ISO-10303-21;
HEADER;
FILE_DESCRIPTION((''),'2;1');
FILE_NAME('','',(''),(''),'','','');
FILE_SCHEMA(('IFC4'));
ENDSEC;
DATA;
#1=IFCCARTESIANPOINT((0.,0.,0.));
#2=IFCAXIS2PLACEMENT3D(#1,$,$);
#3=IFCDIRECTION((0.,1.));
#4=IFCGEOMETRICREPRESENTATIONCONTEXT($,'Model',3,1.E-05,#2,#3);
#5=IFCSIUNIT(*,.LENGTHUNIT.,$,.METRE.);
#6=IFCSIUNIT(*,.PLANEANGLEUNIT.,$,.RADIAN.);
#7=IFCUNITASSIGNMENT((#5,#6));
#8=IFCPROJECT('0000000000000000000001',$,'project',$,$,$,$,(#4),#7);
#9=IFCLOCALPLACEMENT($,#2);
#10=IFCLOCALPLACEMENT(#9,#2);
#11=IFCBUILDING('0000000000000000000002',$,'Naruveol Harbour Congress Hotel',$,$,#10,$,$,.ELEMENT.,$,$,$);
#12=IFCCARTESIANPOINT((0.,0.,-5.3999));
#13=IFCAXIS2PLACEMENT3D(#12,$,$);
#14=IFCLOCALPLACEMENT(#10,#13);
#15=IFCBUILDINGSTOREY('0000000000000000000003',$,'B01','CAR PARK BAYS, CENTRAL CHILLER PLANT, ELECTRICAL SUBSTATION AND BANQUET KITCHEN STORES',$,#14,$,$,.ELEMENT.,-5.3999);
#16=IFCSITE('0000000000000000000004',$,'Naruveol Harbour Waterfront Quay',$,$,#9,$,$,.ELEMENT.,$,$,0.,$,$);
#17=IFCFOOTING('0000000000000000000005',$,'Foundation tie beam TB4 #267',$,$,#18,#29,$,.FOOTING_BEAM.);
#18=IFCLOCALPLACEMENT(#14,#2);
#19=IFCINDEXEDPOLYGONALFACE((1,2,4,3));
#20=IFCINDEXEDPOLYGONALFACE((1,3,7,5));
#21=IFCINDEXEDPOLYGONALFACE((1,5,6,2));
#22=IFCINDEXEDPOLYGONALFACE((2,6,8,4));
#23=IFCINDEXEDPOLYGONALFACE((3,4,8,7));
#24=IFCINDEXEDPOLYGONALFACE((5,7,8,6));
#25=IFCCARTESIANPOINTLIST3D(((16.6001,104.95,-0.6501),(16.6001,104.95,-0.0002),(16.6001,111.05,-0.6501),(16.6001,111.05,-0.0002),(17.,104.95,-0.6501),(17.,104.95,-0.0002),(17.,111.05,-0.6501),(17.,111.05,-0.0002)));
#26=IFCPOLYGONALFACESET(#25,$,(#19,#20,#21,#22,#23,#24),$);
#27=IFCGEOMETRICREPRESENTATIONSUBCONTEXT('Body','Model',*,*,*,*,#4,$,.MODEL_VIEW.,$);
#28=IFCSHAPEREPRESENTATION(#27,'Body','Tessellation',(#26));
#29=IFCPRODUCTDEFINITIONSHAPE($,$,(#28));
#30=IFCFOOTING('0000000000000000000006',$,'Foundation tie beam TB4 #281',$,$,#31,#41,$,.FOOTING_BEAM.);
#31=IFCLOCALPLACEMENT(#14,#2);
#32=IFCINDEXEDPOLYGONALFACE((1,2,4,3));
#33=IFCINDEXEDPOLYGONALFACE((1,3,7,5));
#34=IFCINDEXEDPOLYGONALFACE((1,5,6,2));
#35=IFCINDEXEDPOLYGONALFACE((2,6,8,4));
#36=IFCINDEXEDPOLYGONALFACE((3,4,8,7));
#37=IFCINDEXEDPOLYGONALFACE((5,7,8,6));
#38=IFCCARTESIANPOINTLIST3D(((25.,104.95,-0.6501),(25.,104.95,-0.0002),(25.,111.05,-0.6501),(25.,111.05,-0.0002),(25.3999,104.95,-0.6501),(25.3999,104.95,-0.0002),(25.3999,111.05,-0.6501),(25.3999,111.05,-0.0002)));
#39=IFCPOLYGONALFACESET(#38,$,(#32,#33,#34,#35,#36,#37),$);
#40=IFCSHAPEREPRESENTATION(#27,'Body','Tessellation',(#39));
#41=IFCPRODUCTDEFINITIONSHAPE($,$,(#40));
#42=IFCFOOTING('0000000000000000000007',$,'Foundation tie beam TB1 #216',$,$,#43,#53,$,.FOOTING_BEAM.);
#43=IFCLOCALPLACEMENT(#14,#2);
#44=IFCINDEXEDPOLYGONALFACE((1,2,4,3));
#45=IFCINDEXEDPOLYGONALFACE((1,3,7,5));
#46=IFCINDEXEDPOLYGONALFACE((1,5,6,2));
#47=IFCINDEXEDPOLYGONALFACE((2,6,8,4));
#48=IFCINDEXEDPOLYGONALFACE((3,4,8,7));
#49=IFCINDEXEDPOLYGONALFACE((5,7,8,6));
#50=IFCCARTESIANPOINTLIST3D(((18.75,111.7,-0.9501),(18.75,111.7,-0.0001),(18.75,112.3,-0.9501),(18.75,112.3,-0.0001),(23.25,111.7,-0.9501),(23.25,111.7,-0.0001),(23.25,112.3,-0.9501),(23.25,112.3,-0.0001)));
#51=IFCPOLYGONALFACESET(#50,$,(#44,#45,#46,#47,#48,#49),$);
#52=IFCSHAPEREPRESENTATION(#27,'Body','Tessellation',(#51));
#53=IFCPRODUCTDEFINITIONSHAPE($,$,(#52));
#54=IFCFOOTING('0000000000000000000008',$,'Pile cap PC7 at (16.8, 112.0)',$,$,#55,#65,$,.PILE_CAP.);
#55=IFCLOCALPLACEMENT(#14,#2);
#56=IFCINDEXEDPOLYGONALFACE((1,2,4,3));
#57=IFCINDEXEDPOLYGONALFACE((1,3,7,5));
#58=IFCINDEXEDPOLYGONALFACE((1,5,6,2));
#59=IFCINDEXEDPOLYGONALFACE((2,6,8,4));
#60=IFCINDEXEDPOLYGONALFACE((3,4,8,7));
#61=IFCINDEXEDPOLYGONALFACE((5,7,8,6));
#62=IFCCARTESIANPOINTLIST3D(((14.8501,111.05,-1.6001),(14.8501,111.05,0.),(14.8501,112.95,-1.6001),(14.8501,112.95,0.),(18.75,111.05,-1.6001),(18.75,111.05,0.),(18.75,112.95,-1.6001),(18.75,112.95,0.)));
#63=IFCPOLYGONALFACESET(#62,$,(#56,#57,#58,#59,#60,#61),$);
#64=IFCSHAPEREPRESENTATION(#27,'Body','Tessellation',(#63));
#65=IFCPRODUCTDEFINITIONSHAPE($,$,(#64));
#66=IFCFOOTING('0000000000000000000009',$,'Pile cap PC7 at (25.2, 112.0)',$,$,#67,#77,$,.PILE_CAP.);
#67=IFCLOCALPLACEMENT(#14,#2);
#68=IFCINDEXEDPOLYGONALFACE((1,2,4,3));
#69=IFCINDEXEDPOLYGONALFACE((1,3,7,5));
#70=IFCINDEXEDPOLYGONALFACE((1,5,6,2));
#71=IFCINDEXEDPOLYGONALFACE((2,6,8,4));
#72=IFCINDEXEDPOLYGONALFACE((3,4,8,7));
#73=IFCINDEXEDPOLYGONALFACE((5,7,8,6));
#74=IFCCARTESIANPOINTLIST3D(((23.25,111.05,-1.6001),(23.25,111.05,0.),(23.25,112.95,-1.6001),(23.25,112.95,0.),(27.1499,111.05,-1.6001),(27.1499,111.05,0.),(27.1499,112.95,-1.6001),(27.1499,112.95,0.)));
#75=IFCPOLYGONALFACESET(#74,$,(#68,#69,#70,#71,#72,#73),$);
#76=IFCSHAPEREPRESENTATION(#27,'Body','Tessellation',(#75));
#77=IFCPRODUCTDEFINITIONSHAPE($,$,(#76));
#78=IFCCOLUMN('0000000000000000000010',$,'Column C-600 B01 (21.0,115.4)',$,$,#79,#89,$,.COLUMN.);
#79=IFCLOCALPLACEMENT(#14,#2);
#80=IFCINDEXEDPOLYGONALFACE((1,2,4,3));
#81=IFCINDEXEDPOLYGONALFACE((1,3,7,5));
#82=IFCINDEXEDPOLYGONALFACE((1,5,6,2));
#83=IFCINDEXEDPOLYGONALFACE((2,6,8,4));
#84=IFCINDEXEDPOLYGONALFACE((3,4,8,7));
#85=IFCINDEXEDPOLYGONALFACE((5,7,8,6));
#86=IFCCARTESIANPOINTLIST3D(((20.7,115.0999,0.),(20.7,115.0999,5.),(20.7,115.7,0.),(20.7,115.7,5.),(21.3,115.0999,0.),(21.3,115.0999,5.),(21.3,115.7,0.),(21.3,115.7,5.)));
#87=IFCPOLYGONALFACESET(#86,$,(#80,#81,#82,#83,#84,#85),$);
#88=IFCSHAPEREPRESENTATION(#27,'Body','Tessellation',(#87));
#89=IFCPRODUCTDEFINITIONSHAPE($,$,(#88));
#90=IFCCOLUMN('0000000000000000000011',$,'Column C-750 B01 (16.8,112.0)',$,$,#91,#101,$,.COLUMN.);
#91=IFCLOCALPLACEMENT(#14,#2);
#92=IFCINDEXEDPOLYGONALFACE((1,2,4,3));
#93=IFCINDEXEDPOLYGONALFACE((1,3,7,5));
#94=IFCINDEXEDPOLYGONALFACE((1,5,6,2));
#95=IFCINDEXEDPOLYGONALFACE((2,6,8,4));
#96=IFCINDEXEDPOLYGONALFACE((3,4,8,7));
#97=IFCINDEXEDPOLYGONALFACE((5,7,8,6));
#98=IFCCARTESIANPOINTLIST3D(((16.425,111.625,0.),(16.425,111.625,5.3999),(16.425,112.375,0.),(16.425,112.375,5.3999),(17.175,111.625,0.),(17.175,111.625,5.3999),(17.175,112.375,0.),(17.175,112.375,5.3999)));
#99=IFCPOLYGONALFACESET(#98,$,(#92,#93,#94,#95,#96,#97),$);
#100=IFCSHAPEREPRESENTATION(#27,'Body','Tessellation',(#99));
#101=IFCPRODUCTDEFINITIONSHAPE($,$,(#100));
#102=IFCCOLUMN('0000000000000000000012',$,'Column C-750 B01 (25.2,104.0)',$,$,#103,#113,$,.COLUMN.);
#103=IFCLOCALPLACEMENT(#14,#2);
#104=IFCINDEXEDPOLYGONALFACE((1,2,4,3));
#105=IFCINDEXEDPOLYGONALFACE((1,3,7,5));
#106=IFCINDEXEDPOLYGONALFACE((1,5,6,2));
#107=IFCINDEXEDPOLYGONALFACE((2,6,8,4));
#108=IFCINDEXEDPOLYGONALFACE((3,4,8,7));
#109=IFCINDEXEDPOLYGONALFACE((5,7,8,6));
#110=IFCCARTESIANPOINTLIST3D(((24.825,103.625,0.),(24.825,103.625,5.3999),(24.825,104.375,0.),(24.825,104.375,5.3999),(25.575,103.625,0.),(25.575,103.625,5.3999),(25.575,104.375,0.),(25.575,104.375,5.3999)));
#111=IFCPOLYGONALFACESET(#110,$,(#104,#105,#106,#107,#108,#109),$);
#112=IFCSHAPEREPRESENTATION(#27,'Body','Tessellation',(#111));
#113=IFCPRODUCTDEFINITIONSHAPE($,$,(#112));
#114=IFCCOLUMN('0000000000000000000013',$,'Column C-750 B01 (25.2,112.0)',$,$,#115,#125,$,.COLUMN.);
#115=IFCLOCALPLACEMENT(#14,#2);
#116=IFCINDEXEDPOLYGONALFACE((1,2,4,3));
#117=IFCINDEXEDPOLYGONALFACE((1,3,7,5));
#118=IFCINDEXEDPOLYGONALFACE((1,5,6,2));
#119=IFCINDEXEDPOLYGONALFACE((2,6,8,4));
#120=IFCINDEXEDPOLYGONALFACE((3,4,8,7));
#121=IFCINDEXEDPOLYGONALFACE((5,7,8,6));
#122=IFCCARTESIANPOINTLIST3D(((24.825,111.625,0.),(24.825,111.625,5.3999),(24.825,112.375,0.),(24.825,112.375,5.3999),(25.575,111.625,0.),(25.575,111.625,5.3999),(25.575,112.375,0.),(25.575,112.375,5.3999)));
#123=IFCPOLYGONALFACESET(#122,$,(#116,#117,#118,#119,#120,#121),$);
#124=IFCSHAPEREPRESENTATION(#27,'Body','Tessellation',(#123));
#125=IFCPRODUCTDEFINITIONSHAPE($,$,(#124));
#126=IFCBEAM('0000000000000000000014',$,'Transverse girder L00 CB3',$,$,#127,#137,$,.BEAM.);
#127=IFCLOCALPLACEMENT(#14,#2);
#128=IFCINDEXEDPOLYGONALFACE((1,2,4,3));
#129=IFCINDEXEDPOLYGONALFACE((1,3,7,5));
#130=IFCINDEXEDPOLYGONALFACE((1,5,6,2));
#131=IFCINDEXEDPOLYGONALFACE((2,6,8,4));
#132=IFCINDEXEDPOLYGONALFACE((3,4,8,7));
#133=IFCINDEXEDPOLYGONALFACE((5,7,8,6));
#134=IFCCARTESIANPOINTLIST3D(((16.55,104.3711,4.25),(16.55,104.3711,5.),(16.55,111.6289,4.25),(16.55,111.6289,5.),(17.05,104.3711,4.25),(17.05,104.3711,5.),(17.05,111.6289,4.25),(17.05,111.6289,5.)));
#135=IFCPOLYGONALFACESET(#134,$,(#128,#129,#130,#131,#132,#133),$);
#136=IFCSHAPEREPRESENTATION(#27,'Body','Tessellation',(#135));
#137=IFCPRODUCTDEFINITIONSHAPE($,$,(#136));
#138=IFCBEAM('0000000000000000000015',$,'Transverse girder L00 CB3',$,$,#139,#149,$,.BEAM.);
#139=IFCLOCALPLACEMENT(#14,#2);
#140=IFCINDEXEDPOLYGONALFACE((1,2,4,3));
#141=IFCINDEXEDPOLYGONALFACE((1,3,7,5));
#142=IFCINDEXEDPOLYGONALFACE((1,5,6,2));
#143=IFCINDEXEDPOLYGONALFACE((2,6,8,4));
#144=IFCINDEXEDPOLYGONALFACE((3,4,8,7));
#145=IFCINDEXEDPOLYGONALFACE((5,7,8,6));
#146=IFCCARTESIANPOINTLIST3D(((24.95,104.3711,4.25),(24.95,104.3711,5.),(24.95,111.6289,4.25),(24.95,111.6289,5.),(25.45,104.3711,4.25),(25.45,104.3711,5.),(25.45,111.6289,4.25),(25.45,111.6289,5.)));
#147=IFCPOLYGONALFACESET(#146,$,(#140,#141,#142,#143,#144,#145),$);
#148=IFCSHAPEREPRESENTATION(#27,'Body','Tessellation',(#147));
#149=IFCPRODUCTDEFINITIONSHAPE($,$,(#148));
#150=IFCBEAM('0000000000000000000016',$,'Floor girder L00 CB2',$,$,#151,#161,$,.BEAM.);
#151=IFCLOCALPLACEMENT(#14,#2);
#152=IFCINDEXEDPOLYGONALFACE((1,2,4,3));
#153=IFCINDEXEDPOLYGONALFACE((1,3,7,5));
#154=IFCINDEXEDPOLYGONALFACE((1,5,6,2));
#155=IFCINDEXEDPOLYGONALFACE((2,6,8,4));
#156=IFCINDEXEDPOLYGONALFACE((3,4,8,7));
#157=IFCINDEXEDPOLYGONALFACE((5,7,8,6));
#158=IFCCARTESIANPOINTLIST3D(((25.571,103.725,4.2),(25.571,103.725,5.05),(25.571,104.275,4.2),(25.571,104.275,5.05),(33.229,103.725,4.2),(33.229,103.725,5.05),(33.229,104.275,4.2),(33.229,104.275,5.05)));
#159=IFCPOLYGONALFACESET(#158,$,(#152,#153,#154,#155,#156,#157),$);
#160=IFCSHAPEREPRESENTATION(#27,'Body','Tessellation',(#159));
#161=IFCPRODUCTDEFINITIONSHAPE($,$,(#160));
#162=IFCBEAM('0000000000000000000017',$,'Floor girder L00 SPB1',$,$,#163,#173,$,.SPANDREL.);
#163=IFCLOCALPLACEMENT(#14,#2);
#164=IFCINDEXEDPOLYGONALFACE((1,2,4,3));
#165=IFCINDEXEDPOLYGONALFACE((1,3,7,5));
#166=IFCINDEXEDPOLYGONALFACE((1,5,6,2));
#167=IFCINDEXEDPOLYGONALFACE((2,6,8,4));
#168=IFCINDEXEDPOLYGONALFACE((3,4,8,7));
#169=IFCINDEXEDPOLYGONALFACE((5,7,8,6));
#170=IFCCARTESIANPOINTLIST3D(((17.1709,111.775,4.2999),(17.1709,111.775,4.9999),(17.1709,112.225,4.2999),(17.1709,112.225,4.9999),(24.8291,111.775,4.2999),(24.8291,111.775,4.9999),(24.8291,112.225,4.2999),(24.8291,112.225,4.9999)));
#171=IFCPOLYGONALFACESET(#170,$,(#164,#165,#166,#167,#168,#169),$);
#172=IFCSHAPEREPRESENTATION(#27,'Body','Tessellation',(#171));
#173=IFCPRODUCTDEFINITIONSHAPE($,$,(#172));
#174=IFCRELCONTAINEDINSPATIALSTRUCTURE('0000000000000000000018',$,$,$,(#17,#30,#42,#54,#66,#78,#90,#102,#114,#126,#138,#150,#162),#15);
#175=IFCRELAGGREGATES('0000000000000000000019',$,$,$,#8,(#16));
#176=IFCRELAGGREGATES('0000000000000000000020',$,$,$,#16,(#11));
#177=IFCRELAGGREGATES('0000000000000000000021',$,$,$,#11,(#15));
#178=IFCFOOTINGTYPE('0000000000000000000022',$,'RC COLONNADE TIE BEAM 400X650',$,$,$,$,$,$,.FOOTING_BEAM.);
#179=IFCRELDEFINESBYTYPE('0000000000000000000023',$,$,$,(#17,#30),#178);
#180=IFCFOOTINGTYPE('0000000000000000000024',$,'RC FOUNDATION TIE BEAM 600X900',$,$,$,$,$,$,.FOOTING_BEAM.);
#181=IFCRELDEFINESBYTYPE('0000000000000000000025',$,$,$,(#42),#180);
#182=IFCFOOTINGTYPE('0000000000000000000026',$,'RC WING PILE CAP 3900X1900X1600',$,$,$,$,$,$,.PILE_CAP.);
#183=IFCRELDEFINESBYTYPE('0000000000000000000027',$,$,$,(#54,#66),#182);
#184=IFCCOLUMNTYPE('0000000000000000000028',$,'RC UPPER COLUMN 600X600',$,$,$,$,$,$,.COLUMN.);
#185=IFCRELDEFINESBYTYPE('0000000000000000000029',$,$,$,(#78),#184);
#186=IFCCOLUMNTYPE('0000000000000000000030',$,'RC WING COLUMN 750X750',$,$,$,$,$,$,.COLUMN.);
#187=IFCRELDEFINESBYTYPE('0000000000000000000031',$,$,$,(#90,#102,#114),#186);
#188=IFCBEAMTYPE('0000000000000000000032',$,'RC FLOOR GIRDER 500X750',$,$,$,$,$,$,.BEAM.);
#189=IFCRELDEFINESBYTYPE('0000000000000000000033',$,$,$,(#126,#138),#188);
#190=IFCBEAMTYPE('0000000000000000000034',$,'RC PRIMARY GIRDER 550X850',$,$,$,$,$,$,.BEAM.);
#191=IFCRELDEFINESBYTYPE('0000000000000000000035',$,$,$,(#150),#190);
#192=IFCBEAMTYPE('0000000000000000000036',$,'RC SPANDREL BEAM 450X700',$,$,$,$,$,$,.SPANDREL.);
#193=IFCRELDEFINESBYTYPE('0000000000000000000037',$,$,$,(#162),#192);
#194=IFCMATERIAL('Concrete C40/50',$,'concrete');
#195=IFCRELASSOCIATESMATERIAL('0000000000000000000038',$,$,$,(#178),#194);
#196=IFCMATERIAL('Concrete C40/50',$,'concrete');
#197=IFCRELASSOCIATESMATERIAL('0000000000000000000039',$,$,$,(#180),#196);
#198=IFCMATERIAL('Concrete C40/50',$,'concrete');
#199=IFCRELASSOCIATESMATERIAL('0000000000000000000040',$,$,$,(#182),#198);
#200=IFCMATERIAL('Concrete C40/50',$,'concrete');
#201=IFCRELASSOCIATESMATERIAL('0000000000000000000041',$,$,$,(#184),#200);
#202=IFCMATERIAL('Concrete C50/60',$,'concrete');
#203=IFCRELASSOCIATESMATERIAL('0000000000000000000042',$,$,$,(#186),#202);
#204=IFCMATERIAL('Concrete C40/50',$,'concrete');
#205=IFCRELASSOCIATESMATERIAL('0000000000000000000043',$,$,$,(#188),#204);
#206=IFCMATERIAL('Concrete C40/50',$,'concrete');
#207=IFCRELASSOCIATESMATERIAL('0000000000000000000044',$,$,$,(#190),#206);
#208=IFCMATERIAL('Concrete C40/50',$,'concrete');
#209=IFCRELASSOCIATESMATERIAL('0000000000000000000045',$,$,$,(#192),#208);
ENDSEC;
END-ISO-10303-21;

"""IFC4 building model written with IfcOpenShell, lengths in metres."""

from ifc_helpers import new_model, si_unit, direction, frame, origin, origin_2d, place, context, subcontext, project, spatial, rectangle, extrude, material, material_profile, profile_set, type_object, element, save


model = new_model("IFC4")

# Units and contexts
model_context = context("Model", 3, precision=1e-05, world=origin(), true_north=direction((0.0, 1.0)))
body_context = subcontext(model_context, "Body", "Model", "MODEL_VIEW")
ifc_project = project(units=[si_unit("LENGTHUNIT", "METRE"), si_unit("PLANEANGLEUNIT", "RADIAN")], contexts=[model_context])

# Site, building, storey
site_placement = place(None, origin())
site = spatial("IfcSite", under=ifc_project, at=site_placement, Name="Naruveol Harbour Waterfront Quay", CompositionType="ELEMENT", RefElevation=0.0)
building_placement = place(site_placement, origin())
building = spatial("IfcBuilding", under=site, at=building_placement, Name="Naruveol Harbour Congress Hotel", CompositionType="ELEMENT")
storey_placement = place(building_placement, frame((0.0, 0.0, -5.3999)))
storey = spatial("IfcBuildingStorey", under=building, at=storey_placement, Name="B01", Description="CAR PARK BAYS, CENTRAL CHILLER PLANT, ELECTRICAL SUBSTATION AND BANQUET KITCHEN STORES", CompositionType="ELEMENT", Elevation=-5.3999)

# Footings
ifc_material_1 = material(Name="Concrete C40/50", Category="concrete")
ifc_material_profile_1 = material_profile(ifc_material_1, rectangle(XDim=0.3999, YDim=0.6499, at=origin_2d()), Name="RCB-400x650")
ifc_profile_set_1 = profile_set([ifc_material_profile_1], Name="Concrete C40/50")
footing_type_1 = type_object("IfcFootingType", Name="RC COLONNADE TIE BEAM 400X650", PredefinedType="FOOTING_BEAM", material=ifc_profile_set_1)
for number, where, z_axis, x_axis, name in (
    (1, (16.8, 104.95, -0.3252), (0.0, 1.0, 0.0), (-1.0, 0.0, 0.0), "Foundation tie beam TB4 #267"),
    (2, (25.2, 104.95, -0.3252), (0.0, 1.0, 0.0), (-1.0, 0.0, 0.0), "Foundation tie beam TB4 #281"),
):
    element("IfcFooting", number, at=place(storey_placement, frame(where, z_axis=z_axis, x_axis=x_axis)), inside=storey, type_object=footing_type_1, Name=name, PredefinedType="FOOTING_BEAM", context=body_context, shape_type="SweptSolid", body=[
        extrude(rectangle(XDim=0.3999, YDim=0.6499, at=origin_2d()), origin(), (0.0, 0.0, 1.0), 6.1001),
    ])
ifc_material_2 = material(Name="Concrete C40/50", Category="concrete")
ifc_material_profile_2 = material_profile(ifc_material_2, rectangle(XDim=0.6001, YDim=0.95, at=origin_2d()), Name="RCB-600x950")
ifc_profile_set_2 = profile_set([ifc_material_profile_2], Name="Concrete C40/50")
footing_type_2 = type_object("IfcFootingType", Name="RC FOUNDATION TIE BEAM 600X900", PredefinedType="FOOTING_BEAM", material=ifc_profile_set_2)
footing_1_placement = place(storey_placement, frame((18.75, 112.0, -0.4751), z_axis=(1.0, 0.0, 0.0), x_axis=(0.0, 1.0, 0.0)))
element("IfcFooting", 3, at=footing_1_placement, inside=storey, type_object=footing_type_2, Name="Foundation tie beam TB1 #216", PredefinedType="FOOTING_BEAM", context=body_context, shape_type="SweptSolid", body=[
    extrude(rectangle(XDim=0.6001, YDim=0.95, at=origin_2d()), origin(), (0.0, 0.0, 1.0), 4.5),
])
ifc_material_3 = material(Name="Concrete C40/50", Category="concrete")
footing_type_3 = type_object("IfcFootingType", Name="RC WING PILE CAP 3900X1900X1600", PredefinedType="PILE_CAP", material=ifc_material_3)
for number, where, z_axis, x_axis, name in (
    (4, (16.8, 112.0, -1.6001), (0.0, 0.0, 1.0), (1.0, 0.0, 0.0), "Pile cap PC7 at (16.8, 112.0)"),
    (5, (25.2, 112.0, -1.6001), (0.0, 0.0, 1.0), (1.0, 0.0, 0.0), "Pile cap PC7 at (25.2, 112.0)"),
):
    element("IfcFooting", number, at=place(storey_placement, frame(where, z_axis=z_axis, x_axis=x_axis)), inside=storey, type_object=footing_type_3, Name=name, PredefinedType="PILE_CAP", context=body_context, shape_type="SweptSolid", body=[
        extrude(rectangle(XDim=3.8999, YDim=1.8999, at=origin_2d()), origin(), (0.0, 0.0, 1.0), 1.6001),
    ])

# Columns
ifc_material_4 = material(Name="Concrete C40/50", Category="concrete")
ifc_material_profile_3 = material_profile(ifc_material_4, rectangle(XDim=0.6001, YDim=0.6001, at=origin_2d()), Name="RC-600x600")
ifc_profile_set_3 = profile_set([ifc_material_profile_3], Name="Concrete C40/50")
column_type_1 = type_object("IfcColumnType", Name="RC UPPER COLUMN 600X600", PredefinedType="COLUMN", material=ifc_profile_set_3)
column_placement = place(storey_placement, frame((21.0, 115.3999, 0.0), z_axis=(0.0, 0.0, 1.0), x_axis=(1.0, 0.0, 0.0)))
element("IfcColumn", 6, at=column_placement, inside=storey, type_object=column_type_1, Name="Column C-600 B01 (21.0,115.4)", PredefinedType="COLUMN", context=body_context, shape_type="SweptSolid", body=[
    extrude(rectangle(XDim=0.6001, YDim=0.6001, at=origin_2d()), origin(), (0.0, 0.0, 1.0), 5.0),
])
ifc_material_5 = material(Name="Concrete C50/60", Category="concrete")
ifc_material_profile_4 = material_profile(ifc_material_5, rectangle(XDim=0.75, YDim=0.75, at=origin_2d()), Name="RC-750x750")
ifc_profile_set_4 = profile_set([ifc_material_profile_4], Name="Concrete C50/60")
column_type_2 = type_object("IfcColumnType", Name="RC WING COLUMN 750X750", PredefinedType="COLUMN", material=ifc_profile_set_4)
for number, where, z_axis, x_axis, name in (
    (7, (16.8, 112.0, 0.0), (0.0, 0.0, 1.0), (1.0, 0.0, 0.0), "Column C-750 B01 (16.8,112.0)"),
    (8, (25.2, 104.0, 0.0), (0.0, 0.0, 1.0), (1.0, 0.0, 0.0), "Column C-750 B01 (25.2,104.0)"),
    (9, (25.2, 112.0, 0.0), (0.0, 0.0, 1.0), (1.0, 0.0, 0.0), "Column C-750 B01 (25.2,112.0)"),
):
    element("IfcColumn", number, at=place(storey_placement, frame(where, z_axis=z_axis, x_axis=x_axis)), inside=storey, type_object=column_type_2, Name=name, PredefinedType="COLUMN", context=body_context, shape_type="SweptSolid", body=[
        extrude(rectangle(XDim=0.75, YDim=0.75, at=origin_2d()), origin(), (0.0, 0.0, 1.0), 5.3999),
    ])

# Beams
ifc_material_6 = material(Name="Concrete C40/50", Category="concrete")
ifc_material_profile_5 = material_profile(ifc_material_6, rectangle(XDim=0.5, YDim=0.75, at=origin_2d()), Name="RCB-500x750")
ifc_profile_set_5 = profile_set([ifc_material_profile_5], Name="Concrete C40/50")
beam_type_1 = type_object("IfcBeamType", Name="RC FLOOR GIRDER 500X750", PredefinedType="BEAM", material=ifc_profile_set_5)
for number, where, z_axis, x_axis, name in (
    (10, (16.8, 104.3711, 4.625), (0.0, 1.0, 0.0), (-1.0, 0.0, 0.0), "Transverse girder L00 CB3"),
    (11, (25.2, 104.3711, 4.625), (0.0, 1.0, 0.0), (-1.0, 0.0, 0.0), "Transverse girder L00 CB3"),
):
    element("IfcBeam", number, at=place(storey_placement, frame(where, z_axis=z_axis, x_axis=x_axis)), inside=storey, type_object=beam_type_1, Name=name, PredefinedType="BEAM", context=body_context, shape_type="SweptSolid", body=[
        extrude(rectangle(XDim=0.5, YDim=0.75, at=origin_2d()), origin(), (0.0, 0.0, 1.0), 7.2578),
    ])
ifc_material_7 = material(Name="Concrete C40/50", Category="concrete")
ifc_material_profile_6 = material_profile(ifc_material_7, rectangle(XDim=0.55, YDim=0.8501, at=origin_2d()), Name="RCB-550x850")
ifc_profile_set_6 = profile_set([ifc_material_profile_6], Name="Concrete C40/50")
beam_type_2 = type_object("IfcBeamType", Name="RC PRIMARY GIRDER 550X850", PredefinedType="BEAM", material=ifc_profile_set_6)
beam_1_placement = place(storey_placement, frame((25.571, 104.0, 4.625), z_axis=(1.0, 0.0, 0.0), x_axis=(0.0, 1.0, 0.0)))
element("IfcBeam", 12, at=beam_1_placement, inside=storey, type_object=beam_type_2, Name="Floor girder L00 CB2", PredefinedType="BEAM", context=body_context, shape_type="SweptSolid", body=[
    extrude(rectangle(XDim=0.55, YDim=0.8501, at=origin_2d()), origin(), (0.0, 0.0, 1.0), 7.658),
])
ifc_material_8 = material(Name="Concrete C40/50", Category="concrete")
ifc_material_profile_7 = material_profile(ifc_material_8, rectangle(XDim=0.45, YDim=0.7, at=origin_2d()), Name="RCB-450x700")
ifc_profile_set_7 = profile_set([ifc_material_profile_7], Name="Concrete C40/50")
beam_type_3 = type_object("IfcBeamType", Name="RC SPANDREL BEAM 450X700", PredefinedType="SPANDREL", material=ifc_profile_set_7)
beam_2_placement = place(storey_placement, frame((17.1709, 112.0, 4.6499), z_axis=(1.0, 0.0, 0.0), x_axis=(0.0, 1.0, 0.0)))
element("IfcBeam", 13, at=beam_2_placement, inside=storey, type_object=beam_type_3, Name="Floor girder L00 SPB1", PredefinedType="SPANDREL", context=body_context, shape_type="SweptSolid", body=[
    extrude(rectangle(XDim=0.45, YDim=0.7, at=origin_2d()), origin(), (0.0, 0.0, 1.0), 7.6582),
])

save(model, "model.ifc")
